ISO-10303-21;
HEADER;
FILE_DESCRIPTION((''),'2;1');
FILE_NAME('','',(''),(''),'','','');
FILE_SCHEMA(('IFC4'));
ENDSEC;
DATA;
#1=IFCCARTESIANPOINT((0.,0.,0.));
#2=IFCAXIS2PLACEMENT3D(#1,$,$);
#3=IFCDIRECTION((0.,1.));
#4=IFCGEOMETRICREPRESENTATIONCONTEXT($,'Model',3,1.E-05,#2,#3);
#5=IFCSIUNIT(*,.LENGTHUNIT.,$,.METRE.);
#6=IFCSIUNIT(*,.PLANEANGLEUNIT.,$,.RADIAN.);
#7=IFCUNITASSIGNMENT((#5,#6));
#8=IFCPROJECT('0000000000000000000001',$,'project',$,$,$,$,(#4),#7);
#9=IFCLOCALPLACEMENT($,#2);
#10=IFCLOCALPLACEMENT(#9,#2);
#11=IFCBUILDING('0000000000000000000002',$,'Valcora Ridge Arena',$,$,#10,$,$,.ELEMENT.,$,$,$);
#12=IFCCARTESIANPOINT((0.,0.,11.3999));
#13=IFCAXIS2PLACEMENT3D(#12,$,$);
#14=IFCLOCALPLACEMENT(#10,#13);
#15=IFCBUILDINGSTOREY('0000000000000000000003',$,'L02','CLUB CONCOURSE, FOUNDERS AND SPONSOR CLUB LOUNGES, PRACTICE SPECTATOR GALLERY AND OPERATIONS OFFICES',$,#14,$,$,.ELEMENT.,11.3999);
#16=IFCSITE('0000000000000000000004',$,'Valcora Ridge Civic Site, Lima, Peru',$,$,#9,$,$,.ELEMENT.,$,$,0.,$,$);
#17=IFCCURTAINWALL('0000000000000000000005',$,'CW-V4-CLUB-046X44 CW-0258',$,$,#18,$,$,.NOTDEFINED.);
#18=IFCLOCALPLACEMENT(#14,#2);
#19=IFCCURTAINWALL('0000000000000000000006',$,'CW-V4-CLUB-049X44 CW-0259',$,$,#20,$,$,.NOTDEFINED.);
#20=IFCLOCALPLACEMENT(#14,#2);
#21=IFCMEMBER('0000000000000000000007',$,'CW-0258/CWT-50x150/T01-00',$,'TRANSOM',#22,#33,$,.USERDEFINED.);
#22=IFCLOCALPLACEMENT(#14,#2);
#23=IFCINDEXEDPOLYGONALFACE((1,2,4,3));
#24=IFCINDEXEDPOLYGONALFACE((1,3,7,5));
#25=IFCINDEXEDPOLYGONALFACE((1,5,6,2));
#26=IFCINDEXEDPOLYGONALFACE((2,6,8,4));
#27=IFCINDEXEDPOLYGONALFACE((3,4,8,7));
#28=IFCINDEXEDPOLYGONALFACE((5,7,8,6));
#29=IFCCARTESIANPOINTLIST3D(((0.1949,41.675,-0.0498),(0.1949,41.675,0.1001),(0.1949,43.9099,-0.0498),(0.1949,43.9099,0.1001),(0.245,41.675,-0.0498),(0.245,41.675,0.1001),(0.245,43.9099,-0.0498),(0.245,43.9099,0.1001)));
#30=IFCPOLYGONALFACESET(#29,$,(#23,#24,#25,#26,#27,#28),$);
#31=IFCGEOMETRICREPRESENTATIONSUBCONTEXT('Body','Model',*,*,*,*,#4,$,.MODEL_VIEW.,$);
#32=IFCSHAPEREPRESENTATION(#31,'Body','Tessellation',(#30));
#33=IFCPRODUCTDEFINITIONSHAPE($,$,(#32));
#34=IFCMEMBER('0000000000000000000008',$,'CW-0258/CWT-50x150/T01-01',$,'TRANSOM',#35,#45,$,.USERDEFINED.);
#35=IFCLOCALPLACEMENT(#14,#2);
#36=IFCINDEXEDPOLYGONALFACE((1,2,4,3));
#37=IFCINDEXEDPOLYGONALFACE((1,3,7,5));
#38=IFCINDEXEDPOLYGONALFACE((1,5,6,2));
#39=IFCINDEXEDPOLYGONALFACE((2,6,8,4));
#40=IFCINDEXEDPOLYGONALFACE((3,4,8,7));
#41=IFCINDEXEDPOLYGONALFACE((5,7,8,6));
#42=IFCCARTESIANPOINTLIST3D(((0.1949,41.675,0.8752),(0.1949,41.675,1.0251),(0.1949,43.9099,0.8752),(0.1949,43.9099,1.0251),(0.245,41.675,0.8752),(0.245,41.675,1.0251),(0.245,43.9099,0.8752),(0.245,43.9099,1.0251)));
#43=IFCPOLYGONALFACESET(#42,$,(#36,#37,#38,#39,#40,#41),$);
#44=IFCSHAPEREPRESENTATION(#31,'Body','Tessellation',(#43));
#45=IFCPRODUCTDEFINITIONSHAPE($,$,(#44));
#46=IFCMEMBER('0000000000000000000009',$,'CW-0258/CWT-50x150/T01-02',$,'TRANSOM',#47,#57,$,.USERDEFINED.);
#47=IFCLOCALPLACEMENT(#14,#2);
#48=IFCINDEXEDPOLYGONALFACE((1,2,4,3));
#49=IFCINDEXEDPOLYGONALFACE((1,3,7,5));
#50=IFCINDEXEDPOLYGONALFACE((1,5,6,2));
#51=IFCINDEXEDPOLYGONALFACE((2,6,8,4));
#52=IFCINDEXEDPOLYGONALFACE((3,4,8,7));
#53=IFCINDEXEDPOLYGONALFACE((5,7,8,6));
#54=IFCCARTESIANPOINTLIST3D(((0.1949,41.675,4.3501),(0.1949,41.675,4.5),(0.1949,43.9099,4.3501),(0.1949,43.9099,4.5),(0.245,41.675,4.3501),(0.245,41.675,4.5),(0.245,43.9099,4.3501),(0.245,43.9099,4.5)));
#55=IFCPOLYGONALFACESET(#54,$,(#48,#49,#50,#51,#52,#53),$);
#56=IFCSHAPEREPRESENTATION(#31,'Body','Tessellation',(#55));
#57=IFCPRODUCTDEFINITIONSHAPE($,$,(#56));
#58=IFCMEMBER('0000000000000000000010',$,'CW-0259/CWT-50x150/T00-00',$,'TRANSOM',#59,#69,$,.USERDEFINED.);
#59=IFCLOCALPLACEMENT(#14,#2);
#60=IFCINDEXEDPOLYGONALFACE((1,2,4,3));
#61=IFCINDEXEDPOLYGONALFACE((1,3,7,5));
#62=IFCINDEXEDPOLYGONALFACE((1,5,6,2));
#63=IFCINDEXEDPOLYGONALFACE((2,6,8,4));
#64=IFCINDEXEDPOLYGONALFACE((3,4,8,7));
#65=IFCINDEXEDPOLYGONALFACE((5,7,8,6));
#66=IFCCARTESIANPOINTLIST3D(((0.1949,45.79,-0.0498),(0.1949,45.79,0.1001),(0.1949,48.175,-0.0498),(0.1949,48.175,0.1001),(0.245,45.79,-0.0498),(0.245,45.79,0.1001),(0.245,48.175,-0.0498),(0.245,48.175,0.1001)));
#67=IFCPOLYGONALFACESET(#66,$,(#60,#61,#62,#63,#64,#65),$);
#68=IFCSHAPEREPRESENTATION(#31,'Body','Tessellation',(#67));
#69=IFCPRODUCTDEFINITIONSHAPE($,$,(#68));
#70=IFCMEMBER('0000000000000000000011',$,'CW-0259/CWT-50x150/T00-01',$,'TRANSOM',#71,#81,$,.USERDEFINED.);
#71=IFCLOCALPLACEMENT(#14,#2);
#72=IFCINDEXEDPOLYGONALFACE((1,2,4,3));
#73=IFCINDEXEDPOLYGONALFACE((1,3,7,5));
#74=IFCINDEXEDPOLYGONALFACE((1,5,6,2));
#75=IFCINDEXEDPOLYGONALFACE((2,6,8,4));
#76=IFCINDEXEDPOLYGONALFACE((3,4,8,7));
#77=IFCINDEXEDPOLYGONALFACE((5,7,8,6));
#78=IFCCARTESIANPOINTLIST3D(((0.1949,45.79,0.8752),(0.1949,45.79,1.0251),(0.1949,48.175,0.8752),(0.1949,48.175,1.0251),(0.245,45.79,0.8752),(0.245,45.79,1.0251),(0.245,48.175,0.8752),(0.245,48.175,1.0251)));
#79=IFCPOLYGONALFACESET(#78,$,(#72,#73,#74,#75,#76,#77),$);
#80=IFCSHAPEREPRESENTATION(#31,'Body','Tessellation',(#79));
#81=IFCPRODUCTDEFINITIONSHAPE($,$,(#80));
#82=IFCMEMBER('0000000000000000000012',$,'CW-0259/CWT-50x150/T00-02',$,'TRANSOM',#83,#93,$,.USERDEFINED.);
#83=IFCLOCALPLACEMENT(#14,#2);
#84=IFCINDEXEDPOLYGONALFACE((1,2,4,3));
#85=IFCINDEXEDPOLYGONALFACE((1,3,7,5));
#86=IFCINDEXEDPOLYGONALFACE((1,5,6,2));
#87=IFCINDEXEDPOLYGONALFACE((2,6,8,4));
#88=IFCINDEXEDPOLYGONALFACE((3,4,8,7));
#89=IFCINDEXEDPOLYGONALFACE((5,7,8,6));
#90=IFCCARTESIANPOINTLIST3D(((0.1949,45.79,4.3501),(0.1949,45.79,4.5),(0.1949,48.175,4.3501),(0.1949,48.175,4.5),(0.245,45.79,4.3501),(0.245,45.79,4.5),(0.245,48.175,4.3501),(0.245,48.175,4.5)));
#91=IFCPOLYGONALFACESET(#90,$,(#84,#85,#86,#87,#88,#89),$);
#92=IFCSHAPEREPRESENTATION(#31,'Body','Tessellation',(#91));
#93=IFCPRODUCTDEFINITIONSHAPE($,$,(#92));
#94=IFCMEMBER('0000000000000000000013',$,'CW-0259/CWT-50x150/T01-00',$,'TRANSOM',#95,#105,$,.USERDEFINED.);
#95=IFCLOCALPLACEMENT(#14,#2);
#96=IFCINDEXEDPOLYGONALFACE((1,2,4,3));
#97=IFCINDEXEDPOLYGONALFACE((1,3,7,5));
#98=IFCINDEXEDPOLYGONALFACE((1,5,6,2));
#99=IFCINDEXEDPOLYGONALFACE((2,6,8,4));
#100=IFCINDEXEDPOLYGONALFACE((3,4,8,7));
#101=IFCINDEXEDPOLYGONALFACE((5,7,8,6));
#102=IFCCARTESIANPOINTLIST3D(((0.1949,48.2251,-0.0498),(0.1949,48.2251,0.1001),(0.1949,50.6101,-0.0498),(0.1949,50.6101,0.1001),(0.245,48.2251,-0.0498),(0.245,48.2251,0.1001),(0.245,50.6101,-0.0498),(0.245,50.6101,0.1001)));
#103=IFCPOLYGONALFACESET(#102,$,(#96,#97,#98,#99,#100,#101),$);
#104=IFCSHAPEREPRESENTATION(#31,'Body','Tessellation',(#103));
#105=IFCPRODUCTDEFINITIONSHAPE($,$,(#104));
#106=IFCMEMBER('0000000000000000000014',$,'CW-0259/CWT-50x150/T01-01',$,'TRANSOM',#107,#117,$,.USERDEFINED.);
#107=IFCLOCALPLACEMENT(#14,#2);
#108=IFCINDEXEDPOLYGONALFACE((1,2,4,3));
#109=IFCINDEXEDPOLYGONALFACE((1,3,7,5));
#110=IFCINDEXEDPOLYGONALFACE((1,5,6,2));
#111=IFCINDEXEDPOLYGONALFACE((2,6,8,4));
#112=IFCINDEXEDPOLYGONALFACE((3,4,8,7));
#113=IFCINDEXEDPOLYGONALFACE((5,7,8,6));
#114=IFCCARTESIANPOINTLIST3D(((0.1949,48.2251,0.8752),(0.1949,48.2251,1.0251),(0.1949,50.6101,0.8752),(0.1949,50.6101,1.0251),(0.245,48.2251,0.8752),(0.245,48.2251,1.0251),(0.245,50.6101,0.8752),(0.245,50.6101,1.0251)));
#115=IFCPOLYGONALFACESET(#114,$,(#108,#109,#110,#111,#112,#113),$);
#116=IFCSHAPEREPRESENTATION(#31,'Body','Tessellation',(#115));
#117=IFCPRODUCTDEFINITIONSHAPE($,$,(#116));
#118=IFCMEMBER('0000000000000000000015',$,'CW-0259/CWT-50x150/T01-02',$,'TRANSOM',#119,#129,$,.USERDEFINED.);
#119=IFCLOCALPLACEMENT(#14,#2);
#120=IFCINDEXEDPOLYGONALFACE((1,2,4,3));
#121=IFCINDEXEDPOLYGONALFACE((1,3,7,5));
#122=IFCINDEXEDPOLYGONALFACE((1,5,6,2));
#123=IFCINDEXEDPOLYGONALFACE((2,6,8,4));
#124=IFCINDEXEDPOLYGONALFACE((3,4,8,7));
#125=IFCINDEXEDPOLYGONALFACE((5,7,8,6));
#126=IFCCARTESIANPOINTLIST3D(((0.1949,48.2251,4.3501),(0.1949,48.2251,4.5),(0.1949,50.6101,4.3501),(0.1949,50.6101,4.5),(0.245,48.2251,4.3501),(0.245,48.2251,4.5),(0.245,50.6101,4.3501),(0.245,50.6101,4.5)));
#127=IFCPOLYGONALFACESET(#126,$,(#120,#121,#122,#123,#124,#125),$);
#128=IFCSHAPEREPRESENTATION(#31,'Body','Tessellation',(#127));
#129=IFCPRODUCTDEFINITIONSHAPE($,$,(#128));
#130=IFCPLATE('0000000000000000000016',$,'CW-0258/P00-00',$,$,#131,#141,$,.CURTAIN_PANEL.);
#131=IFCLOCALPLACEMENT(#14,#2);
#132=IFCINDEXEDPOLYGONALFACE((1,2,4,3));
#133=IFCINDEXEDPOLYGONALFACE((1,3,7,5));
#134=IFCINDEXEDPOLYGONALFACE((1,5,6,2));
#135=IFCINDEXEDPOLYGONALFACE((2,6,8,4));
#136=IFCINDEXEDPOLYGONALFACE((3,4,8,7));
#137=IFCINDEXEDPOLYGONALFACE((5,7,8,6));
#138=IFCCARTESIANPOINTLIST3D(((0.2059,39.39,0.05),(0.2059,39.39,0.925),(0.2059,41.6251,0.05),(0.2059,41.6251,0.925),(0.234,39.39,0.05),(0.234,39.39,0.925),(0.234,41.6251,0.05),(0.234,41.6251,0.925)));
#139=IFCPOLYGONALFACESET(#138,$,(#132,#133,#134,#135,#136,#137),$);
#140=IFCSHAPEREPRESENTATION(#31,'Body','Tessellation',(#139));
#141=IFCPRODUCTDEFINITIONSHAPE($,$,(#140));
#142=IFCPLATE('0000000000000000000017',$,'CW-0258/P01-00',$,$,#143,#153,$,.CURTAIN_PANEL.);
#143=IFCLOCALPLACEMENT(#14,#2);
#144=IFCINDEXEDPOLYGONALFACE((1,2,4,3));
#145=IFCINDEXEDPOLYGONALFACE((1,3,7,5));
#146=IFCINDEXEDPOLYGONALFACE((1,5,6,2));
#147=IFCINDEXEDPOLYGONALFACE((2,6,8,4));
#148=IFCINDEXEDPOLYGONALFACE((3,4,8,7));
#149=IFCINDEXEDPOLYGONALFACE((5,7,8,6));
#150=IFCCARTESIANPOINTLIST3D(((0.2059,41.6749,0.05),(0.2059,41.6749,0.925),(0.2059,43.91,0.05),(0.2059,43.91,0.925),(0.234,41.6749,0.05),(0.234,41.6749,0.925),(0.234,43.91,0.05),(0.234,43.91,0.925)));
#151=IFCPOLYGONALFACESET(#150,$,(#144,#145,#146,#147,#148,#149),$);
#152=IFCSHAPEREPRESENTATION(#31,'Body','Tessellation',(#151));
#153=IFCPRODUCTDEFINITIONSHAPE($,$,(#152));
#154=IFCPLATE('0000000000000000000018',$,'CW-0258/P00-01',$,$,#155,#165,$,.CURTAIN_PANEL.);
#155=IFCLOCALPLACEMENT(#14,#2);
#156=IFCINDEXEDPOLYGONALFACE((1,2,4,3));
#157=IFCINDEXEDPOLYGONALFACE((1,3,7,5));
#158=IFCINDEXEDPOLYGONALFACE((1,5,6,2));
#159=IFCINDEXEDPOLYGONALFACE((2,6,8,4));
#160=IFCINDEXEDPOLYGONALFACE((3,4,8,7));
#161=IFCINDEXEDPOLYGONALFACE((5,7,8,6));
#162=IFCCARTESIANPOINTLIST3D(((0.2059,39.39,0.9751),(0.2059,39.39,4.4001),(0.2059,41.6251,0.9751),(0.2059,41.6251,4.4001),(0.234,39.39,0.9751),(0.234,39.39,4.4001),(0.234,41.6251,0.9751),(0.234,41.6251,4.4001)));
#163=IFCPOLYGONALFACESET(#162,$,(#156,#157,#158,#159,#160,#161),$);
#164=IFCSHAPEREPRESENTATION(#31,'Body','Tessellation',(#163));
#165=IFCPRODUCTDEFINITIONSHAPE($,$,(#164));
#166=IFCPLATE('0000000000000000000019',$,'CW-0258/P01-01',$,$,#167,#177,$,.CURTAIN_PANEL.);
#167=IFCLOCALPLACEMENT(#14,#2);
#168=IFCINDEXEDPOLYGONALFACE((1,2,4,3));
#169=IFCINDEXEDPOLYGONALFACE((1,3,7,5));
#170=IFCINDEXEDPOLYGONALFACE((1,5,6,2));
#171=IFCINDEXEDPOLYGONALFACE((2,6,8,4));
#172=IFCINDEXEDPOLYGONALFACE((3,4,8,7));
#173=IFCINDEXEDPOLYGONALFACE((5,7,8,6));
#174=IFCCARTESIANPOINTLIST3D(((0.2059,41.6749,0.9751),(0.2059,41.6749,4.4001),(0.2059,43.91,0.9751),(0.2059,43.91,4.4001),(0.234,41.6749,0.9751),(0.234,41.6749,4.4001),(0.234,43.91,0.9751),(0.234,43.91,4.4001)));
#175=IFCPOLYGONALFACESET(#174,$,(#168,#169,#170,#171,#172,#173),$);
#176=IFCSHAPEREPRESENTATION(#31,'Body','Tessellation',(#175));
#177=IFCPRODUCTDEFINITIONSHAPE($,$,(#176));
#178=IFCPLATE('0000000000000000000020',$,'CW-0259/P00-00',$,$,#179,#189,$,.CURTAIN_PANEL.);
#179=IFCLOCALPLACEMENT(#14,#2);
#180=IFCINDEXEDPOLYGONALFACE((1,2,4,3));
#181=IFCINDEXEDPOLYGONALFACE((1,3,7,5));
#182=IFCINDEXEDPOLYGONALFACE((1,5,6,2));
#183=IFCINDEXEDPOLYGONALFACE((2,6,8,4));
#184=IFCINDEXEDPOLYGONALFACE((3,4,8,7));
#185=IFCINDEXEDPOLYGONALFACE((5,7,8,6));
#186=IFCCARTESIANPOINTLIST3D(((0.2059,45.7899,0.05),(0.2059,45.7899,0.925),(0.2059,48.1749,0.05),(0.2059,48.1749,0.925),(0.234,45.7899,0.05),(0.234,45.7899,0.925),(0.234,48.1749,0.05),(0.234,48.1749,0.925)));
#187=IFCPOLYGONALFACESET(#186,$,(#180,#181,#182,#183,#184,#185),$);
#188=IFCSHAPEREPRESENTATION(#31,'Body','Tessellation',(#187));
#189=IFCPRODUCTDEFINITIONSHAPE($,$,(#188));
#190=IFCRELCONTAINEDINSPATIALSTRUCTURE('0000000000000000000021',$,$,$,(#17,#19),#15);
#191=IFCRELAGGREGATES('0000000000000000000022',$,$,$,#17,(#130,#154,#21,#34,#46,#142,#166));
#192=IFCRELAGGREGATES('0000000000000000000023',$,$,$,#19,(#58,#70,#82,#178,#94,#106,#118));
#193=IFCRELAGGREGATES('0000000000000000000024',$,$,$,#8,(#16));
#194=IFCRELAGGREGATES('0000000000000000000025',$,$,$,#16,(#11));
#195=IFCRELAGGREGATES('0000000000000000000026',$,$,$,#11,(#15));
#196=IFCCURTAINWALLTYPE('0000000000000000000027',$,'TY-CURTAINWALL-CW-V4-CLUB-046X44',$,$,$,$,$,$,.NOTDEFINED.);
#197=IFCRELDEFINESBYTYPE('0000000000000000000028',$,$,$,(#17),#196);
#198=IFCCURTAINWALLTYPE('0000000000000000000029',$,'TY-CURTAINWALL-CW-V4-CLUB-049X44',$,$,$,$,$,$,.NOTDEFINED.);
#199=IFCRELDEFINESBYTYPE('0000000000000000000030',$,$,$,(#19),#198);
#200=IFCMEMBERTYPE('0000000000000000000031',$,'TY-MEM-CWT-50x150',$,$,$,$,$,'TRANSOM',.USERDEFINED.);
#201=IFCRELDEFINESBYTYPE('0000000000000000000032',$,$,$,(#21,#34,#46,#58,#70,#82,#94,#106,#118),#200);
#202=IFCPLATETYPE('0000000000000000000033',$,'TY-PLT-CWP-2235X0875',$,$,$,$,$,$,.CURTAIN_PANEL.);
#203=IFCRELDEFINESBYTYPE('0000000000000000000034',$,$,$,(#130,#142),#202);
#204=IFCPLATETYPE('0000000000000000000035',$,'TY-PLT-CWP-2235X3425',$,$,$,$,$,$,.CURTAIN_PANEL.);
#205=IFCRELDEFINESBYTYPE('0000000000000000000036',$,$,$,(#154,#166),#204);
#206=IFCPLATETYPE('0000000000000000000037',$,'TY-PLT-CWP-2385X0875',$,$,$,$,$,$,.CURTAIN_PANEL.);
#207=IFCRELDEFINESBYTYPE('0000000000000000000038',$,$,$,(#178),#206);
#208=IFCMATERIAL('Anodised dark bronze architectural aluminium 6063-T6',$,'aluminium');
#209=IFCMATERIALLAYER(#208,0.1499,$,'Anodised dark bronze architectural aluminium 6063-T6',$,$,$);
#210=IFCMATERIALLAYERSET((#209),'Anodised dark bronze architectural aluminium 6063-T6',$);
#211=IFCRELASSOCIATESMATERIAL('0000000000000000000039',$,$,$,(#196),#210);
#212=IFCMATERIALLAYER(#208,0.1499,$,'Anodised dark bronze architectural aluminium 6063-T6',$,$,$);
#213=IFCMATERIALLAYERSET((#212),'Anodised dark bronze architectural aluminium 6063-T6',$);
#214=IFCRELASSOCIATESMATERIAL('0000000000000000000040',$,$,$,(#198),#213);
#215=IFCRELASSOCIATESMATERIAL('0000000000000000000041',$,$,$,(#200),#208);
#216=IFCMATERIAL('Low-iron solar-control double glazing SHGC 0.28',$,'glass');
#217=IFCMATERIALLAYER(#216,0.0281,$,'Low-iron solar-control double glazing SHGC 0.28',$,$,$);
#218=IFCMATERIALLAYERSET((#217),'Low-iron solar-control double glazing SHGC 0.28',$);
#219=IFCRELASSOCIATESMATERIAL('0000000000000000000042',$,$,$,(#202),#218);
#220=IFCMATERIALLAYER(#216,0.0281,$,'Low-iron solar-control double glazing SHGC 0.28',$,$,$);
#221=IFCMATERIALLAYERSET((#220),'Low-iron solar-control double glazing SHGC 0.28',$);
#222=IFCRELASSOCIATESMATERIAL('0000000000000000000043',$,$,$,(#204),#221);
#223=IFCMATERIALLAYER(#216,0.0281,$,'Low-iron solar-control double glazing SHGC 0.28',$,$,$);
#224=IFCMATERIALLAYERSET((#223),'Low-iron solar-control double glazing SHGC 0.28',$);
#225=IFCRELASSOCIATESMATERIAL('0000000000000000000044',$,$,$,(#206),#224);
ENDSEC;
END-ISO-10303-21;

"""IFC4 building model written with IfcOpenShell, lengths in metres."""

from ifc_helpers import new_model, si_unit, direction, frame, origin, origin_2d, place, context, subcontext, project, spatial, rectangle, extrude, material, layer, layer_set, material_profile, profile_set, type_object, element, aggregate, save


model = new_model("IFC4")

# Units and contexts
model_context = context("Model", 3, precision=1e-05, world=origin(), true_north=direction((0.0, 1.0)))
body_context = subcontext(model_context, "Body", "Model", "MODEL_VIEW")
ifc_project = project(units=[si_unit("LENGTHUNIT", "METRE"), si_unit("PLANEANGLEUNIT", "RADIAN")], contexts=[model_context])

# Site, building, storey
site_placement = place(None, origin())
site = spatial("IfcSite", under=ifc_project, at=site_placement, Name="Valcora Ridge Civic Site, Lima, Peru", CompositionType="ELEMENT", RefElevation=0.0)
building_placement = place(site_placement, origin())
building = spatial("IfcBuilding", under=site, at=building_placement, Name="Valcora Ridge Arena", CompositionType="ELEMENT")
storey_placement = place(building_placement, frame((0.0, 0.0, 11.3999)))
storey = spatial("IfcBuildingStorey", under=building, at=storey_placement, Name="L02", Description="CLUB CONCOURSE, FOUNDERS AND SPONSOR CLUB LOUNGES, PRACTICE SPECTATOR GALLERY AND OPERATIONS OFFICES", CompositionType="ELEMENT", Elevation=11.3999)

# Curtain walls
ifc_material_1 = material(Name="Anodised dark bronze architectural aluminium 6063-T6", Category="aluminium")
ifc_layer_1 = layer(ifc_material_1, 0.1499, Name="Anodised dark bronze architectural aluminium 6063-T6")
ifc_layer_set_1 = layer_set([ifc_layer_1], Name="Anodised dark bronze architectural aluminium 6063-T6")
curtain_wall_type_1 = type_object("IfcCurtainWallType", Name="TY-CURTAINWALL-CW-V4-CLUB-046X44", PredefinedType="NOTDEFINED", material=ifc_layer_set_1)
curtain_wall_1_placement = place(storey_placement, origin())
curtain_wall_1 = element("IfcCurtainWall", 1, at=curtain_wall_1_placement, inside=storey, type_object=curtain_wall_type_1, Name="CW-V4-CLUB-046X44 CW-0258", PredefinedType="NOTDEFINED")
ifc_layer_2 = layer(ifc_material_1, 0.1499, Name="Anodised dark bronze architectural aluminium 6063-T6")
ifc_layer_set_2 = layer_set([ifc_layer_2], Name="Anodised dark bronze architectural aluminium 6063-T6")
curtain_wall_type_2 = type_object("IfcCurtainWallType", Name="TY-CURTAINWALL-CW-V4-CLUB-049X44", PredefinedType="NOTDEFINED", material=ifc_layer_set_2)
curtain_wall_2_placement = place(storey_placement, origin())
curtain_wall_2 = element("IfcCurtainWall", 2, at=curtain_wall_2_placement, inside=storey, type_object=curtain_wall_type_2, Name="CW-V4-CLUB-049X44 CW-0259", PredefinedType="NOTDEFINED")

# Members
ifc_material_profile_1 = material_profile(ifc_material_1, rectangle(XDim=0.05, YDim=0.1499, at=origin_2d()), Name="ALU TRANSOM 50x150")
ifc_profile_set_1 = profile_set([ifc_material_profile_1], Name="Anodised dark bronze architectural aluminium 6063-T6")
member_type_1 = type_object("IfcMemberType", Name="TY-MEM-CWT-50x150", ElementType="TRANSOM", PredefinedType="USERDEFINED", material=ifc_profile_set_1)
member_1_placement = place(storey_placement, frame((0.22, 41.675, 0.0251), z_axis=(0.0, 1.0, 0.0), x_axis=(-1.0, 0.0, 0.0)))
member_1 = element("IfcMember", 3, at=member_1_placement, type_object=member_type_1, Name="CW-0258/CWT-50x150/T01-00", ObjectType="TRANSOM", PredefinedType="USERDEFINED", context=body_context, shape_type="SweptSolid", body=[
    extrude(rectangle(XDim=0.05, YDim=0.1499, at=origin_2d()), origin(), (0.0, 0.0, 1.0), 2.2349),
])
member_2_placement = place(storey_placement, frame((0.22, 41.675, 0.9502), z_axis=(0.0, 1.0, 0.0), x_axis=(-1.0, 0.0, 0.0)))
member_2 = element("IfcMember", 4, at=member_2_placement, type_object=member_type_1, Name="CW-0258/CWT-50x150/T01-01", ObjectType="TRANSOM", PredefinedType="USERDEFINED", context=body_context, shape_type="SweptSolid", body=[
    extrude(rectangle(XDim=0.05, YDim=0.1499, at=origin_2d()), origin(), (0.0, 0.0, 1.0), 2.2349),
])
member_3_placement = place(storey_placement, frame((0.22, 41.675, 4.425), z_axis=(0.0, 1.0, 0.0), x_axis=(-1.0, 0.0, 0.0)))
member_3 = element("IfcMember", 5, at=member_3_placement, type_object=member_type_1, Name="CW-0258/CWT-50x150/T01-02", ObjectType="TRANSOM", PredefinedType="USERDEFINED", context=body_context, shape_type="SweptSolid", body=[
    extrude(rectangle(XDim=0.05, YDim=0.1499, at=origin_2d()), origin(), (0.0, 0.0, 1.0), 2.2349),
])
member_4_placement = place(storey_placement, frame((0.22, 45.79, 0.0251), z_axis=(0.0, 1.0, 0.0), x_axis=(-1.0, 0.0, 0.0)))
member_4 = element("IfcMember", 6, at=member_4_placement, type_object=member_type_1, Name="CW-0259/CWT-50x150/T00-00", ObjectType="TRANSOM", PredefinedType="USERDEFINED", context=body_context, shape_type="SweptSolid", body=[
    extrude(rectangle(XDim=0.05, YDim=0.1499, at=origin_2d()), origin(), (0.0, 0.0, 1.0), 2.385),
])
member_5_placement = place(storey_placement, frame((0.22, 45.79, 0.9502), z_axis=(0.0, 1.0, 0.0), x_axis=(-1.0, 0.0, 0.0)))
member_5 = element("IfcMember", 7, at=member_5_placement, type_object=member_type_1, Name="CW-0259/CWT-50x150/T00-01", ObjectType="TRANSOM", PredefinedType="USERDEFINED", context=body_context, shape_type="SweptSolid", body=[
    extrude(rectangle(XDim=0.05, YDim=0.1499, at=origin_2d()), origin(), (0.0, 0.0, 1.0), 2.385),
])
member_6_placement = place(storey_placement, frame((0.22, 45.79, 4.425), z_axis=(0.0, 1.0, 0.0), x_axis=(-1.0, 0.0, 0.0)))
member_6 = element("IfcMember", 8, at=member_6_placement, type_object=member_type_1, Name="CW-0259/CWT-50x150/T00-02", ObjectType="TRANSOM", PredefinedType="USERDEFINED", context=body_context, shape_type="SweptSolid", body=[
    extrude(rectangle(XDim=0.05, YDim=0.1499, at=origin_2d()), origin(), (0.0, 0.0, 1.0), 2.385),
])
member_7_placement = place(storey_placement, frame((0.22, 48.2251, 0.0251), z_axis=(0.0, 1.0, 0.0), x_axis=(-1.0, 0.0, 0.0)))
member_7 = element("IfcMember", 9, at=member_7_placement, type_object=member_type_1, Name="CW-0259/CWT-50x150/T01-00", ObjectType="TRANSOM", PredefinedType="USERDEFINED", context=body_context, shape_type="SweptSolid", body=[
    extrude(rectangle(XDim=0.05, YDim=0.1499, at=origin_2d()), origin(), (0.0, 0.0, 1.0), 2.385),
])
member_8_placement = place(storey_placement, frame((0.22, 48.2251, 0.9502), z_axis=(0.0, 1.0, 0.0), x_axis=(-1.0, 0.0, 0.0)))
member_8 = element("IfcMember", 10, at=member_8_placement, type_object=member_type_1, Name="CW-0259/CWT-50x150/T01-01", ObjectType="TRANSOM", PredefinedType="USERDEFINED", context=body_context, shape_type="SweptSolid", body=[
    extrude(rectangle(XDim=0.05, YDim=0.1499, at=origin_2d()), origin(), (0.0, 0.0, 1.0), 2.385),
])
member_9_placement = place(storey_placement, frame((0.22, 48.2251, 4.425), z_axis=(0.0, 1.0, 0.0), x_axis=(-1.0, 0.0, 0.0)))
member_9 = element("IfcMember", 11, at=member_9_placement, type_object=member_type_1, Name="CW-0259/CWT-50x150/T01-02", ObjectType="TRANSOM", PredefinedType="USERDEFINED", context=body_context, shape_type="SweptSolid", body=[
    extrude(rectangle(XDim=0.05, YDim=0.1499, at=origin_2d()), origin(), (0.0, 0.0, 1.0), 2.385),
])

# Plates
ifc_material_2 = material(Name="Low-iron solar-control double glazing SHGC 0.28", Category="glass")
ifc_layer_3 = layer(ifc_material_2, 0.0281, Name="Low-iron solar-control double glazing SHGC 0.28")
ifc_layer_set_3 = layer_set([ifc_layer_3], Name="Low-iron solar-control double glazing SHGC 0.28")
plate_type_1 = type_object("IfcPlateType", Name="TY-PLT-CWP-2235X0875", PredefinedType="CURTAIN_PANEL", material=ifc_layer_set_3)
plate_1_placement = place(storey_placement, frame((0.22, 40.5076, 0.05), z_axis=(0.0, 0.0, 1.0), x_axis=(0.0, 1.0, 0.0)))
plate_1 = element("IfcPlate", 12, at=plate_1_placement, type_object=plate_type_1, Name="CW-0258/P00-00", PredefinedType="CURTAIN_PANEL", context=body_context, shape_type="SweptSolid", body=[
    extrude(rectangle(XDim=2.2351, YDim=0.0281, at=origin_2d()), origin(), (0.0, 0.0, 1.0), 0.875),
])
plate_2_placement = place(storey_placement, frame((0.22, 42.7925, 0.05), z_axis=(0.0, 0.0, 1.0), x_axis=(0.0, 1.0, 0.0)))
plate_2 = element("IfcPlate", 13, at=plate_2_placement, type_object=plate_type_1, Name="CW-0258/P01-00", PredefinedType="CURTAIN_PANEL", context=body_context, shape_type="SweptSolid", body=[
    extrude(rectangle(XDim=2.2351, YDim=0.0281, at=origin_2d()), origin(), (0.0, 0.0, 1.0), 0.875),
])
ifc_layer_4 = layer(ifc_material_2, 0.0281, Name="Low-iron solar-control double glazing SHGC 0.28")
ifc_layer_set_4 = layer_set([ifc_layer_4], Name="Low-iron solar-control double glazing SHGC 0.28")
plate_type_2 = type_object("IfcPlateType", Name="TY-PLT-CWP-2235X3425", PredefinedType="CURTAIN_PANEL", material=ifc_layer_set_4)
plate_3_placement = place(storey_placement, frame((0.22, 40.5076, 0.9751), z_axis=(0.0, 0.0, 1.0), x_axis=(0.0, 1.0, 0.0)))
plate_3 = element("IfcPlate", 14, at=plate_3_placement, type_object=plate_type_2, Name="CW-0258/P00-01", PredefinedType="CURTAIN_PANEL", context=body_context, shape_type="SweptSolid", body=[
    extrude(rectangle(XDim=2.2351, YDim=0.0281, at=origin_2d()), origin(), (0.0, 0.0, 1.0), 3.425),
])
plate_4_placement = place(storey_placement, frame((0.22, 42.7925, 0.9751), z_axis=(0.0, 0.0, 1.0), x_axis=(0.0, 1.0, 0.0)))
plate_4 = element("IfcPlate", 15, at=plate_4_placement, type_object=plate_type_2, Name="CW-0258/P01-01", PredefinedType="CURTAIN_PANEL", context=body_context, shape_type="SweptSolid", body=[
    extrude(rectangle(XDim=2.2351, YDim=0.0281, at=origin_2d()), origin(), (0.0, 0.0, 1.0), 3.425),
])
aggregate(curtain_wall_1, [plate_1, plate_3, member_1, member_2, member_3, plate_2, plate_4])
ifc_layer_5 = layer(ifc_material_2, 0.0281, Name="Low-iron solar-control double glazing SHGC 0.28")
ifc_layer_set_5 = layer_set([ifc_layer_5], Name="Low-iron solar-control double glazing SHGC 0.28")
plate_type_3 = type_object("IfcPlateType", Name="TY-PLT-CWP-2385X0875", PredefinedType="CURTAIN_PANEL", material=ifc_layer_set_5)
plate_5_placement = place(storey_placement, frame((0.22, 46.9824, 0.05), z_axis=(0.0, 0.0, 1.0), x_axis=(0.0, 1.0, 0.0)))
plate_5 = element("IfcPlate", 16, at=plate_5_placement, type_object=plate_type_3, Name="CW-0259/P00-00", PredefinedType="CURTAIN_PANEL", context=body_context, shape_type="SweptSolid", body=[
    extrude(rectangle(XDim=2.385, YDim=0.0281, at=origin_2d()), origin(), (0.0, 0.0, 1.0), 0.875),
])
aggregate(curtain_wall_2, [member_4, member_5, member_6, plate_5, member_7, member_8, member_9])

save(model, "model.ifc")
